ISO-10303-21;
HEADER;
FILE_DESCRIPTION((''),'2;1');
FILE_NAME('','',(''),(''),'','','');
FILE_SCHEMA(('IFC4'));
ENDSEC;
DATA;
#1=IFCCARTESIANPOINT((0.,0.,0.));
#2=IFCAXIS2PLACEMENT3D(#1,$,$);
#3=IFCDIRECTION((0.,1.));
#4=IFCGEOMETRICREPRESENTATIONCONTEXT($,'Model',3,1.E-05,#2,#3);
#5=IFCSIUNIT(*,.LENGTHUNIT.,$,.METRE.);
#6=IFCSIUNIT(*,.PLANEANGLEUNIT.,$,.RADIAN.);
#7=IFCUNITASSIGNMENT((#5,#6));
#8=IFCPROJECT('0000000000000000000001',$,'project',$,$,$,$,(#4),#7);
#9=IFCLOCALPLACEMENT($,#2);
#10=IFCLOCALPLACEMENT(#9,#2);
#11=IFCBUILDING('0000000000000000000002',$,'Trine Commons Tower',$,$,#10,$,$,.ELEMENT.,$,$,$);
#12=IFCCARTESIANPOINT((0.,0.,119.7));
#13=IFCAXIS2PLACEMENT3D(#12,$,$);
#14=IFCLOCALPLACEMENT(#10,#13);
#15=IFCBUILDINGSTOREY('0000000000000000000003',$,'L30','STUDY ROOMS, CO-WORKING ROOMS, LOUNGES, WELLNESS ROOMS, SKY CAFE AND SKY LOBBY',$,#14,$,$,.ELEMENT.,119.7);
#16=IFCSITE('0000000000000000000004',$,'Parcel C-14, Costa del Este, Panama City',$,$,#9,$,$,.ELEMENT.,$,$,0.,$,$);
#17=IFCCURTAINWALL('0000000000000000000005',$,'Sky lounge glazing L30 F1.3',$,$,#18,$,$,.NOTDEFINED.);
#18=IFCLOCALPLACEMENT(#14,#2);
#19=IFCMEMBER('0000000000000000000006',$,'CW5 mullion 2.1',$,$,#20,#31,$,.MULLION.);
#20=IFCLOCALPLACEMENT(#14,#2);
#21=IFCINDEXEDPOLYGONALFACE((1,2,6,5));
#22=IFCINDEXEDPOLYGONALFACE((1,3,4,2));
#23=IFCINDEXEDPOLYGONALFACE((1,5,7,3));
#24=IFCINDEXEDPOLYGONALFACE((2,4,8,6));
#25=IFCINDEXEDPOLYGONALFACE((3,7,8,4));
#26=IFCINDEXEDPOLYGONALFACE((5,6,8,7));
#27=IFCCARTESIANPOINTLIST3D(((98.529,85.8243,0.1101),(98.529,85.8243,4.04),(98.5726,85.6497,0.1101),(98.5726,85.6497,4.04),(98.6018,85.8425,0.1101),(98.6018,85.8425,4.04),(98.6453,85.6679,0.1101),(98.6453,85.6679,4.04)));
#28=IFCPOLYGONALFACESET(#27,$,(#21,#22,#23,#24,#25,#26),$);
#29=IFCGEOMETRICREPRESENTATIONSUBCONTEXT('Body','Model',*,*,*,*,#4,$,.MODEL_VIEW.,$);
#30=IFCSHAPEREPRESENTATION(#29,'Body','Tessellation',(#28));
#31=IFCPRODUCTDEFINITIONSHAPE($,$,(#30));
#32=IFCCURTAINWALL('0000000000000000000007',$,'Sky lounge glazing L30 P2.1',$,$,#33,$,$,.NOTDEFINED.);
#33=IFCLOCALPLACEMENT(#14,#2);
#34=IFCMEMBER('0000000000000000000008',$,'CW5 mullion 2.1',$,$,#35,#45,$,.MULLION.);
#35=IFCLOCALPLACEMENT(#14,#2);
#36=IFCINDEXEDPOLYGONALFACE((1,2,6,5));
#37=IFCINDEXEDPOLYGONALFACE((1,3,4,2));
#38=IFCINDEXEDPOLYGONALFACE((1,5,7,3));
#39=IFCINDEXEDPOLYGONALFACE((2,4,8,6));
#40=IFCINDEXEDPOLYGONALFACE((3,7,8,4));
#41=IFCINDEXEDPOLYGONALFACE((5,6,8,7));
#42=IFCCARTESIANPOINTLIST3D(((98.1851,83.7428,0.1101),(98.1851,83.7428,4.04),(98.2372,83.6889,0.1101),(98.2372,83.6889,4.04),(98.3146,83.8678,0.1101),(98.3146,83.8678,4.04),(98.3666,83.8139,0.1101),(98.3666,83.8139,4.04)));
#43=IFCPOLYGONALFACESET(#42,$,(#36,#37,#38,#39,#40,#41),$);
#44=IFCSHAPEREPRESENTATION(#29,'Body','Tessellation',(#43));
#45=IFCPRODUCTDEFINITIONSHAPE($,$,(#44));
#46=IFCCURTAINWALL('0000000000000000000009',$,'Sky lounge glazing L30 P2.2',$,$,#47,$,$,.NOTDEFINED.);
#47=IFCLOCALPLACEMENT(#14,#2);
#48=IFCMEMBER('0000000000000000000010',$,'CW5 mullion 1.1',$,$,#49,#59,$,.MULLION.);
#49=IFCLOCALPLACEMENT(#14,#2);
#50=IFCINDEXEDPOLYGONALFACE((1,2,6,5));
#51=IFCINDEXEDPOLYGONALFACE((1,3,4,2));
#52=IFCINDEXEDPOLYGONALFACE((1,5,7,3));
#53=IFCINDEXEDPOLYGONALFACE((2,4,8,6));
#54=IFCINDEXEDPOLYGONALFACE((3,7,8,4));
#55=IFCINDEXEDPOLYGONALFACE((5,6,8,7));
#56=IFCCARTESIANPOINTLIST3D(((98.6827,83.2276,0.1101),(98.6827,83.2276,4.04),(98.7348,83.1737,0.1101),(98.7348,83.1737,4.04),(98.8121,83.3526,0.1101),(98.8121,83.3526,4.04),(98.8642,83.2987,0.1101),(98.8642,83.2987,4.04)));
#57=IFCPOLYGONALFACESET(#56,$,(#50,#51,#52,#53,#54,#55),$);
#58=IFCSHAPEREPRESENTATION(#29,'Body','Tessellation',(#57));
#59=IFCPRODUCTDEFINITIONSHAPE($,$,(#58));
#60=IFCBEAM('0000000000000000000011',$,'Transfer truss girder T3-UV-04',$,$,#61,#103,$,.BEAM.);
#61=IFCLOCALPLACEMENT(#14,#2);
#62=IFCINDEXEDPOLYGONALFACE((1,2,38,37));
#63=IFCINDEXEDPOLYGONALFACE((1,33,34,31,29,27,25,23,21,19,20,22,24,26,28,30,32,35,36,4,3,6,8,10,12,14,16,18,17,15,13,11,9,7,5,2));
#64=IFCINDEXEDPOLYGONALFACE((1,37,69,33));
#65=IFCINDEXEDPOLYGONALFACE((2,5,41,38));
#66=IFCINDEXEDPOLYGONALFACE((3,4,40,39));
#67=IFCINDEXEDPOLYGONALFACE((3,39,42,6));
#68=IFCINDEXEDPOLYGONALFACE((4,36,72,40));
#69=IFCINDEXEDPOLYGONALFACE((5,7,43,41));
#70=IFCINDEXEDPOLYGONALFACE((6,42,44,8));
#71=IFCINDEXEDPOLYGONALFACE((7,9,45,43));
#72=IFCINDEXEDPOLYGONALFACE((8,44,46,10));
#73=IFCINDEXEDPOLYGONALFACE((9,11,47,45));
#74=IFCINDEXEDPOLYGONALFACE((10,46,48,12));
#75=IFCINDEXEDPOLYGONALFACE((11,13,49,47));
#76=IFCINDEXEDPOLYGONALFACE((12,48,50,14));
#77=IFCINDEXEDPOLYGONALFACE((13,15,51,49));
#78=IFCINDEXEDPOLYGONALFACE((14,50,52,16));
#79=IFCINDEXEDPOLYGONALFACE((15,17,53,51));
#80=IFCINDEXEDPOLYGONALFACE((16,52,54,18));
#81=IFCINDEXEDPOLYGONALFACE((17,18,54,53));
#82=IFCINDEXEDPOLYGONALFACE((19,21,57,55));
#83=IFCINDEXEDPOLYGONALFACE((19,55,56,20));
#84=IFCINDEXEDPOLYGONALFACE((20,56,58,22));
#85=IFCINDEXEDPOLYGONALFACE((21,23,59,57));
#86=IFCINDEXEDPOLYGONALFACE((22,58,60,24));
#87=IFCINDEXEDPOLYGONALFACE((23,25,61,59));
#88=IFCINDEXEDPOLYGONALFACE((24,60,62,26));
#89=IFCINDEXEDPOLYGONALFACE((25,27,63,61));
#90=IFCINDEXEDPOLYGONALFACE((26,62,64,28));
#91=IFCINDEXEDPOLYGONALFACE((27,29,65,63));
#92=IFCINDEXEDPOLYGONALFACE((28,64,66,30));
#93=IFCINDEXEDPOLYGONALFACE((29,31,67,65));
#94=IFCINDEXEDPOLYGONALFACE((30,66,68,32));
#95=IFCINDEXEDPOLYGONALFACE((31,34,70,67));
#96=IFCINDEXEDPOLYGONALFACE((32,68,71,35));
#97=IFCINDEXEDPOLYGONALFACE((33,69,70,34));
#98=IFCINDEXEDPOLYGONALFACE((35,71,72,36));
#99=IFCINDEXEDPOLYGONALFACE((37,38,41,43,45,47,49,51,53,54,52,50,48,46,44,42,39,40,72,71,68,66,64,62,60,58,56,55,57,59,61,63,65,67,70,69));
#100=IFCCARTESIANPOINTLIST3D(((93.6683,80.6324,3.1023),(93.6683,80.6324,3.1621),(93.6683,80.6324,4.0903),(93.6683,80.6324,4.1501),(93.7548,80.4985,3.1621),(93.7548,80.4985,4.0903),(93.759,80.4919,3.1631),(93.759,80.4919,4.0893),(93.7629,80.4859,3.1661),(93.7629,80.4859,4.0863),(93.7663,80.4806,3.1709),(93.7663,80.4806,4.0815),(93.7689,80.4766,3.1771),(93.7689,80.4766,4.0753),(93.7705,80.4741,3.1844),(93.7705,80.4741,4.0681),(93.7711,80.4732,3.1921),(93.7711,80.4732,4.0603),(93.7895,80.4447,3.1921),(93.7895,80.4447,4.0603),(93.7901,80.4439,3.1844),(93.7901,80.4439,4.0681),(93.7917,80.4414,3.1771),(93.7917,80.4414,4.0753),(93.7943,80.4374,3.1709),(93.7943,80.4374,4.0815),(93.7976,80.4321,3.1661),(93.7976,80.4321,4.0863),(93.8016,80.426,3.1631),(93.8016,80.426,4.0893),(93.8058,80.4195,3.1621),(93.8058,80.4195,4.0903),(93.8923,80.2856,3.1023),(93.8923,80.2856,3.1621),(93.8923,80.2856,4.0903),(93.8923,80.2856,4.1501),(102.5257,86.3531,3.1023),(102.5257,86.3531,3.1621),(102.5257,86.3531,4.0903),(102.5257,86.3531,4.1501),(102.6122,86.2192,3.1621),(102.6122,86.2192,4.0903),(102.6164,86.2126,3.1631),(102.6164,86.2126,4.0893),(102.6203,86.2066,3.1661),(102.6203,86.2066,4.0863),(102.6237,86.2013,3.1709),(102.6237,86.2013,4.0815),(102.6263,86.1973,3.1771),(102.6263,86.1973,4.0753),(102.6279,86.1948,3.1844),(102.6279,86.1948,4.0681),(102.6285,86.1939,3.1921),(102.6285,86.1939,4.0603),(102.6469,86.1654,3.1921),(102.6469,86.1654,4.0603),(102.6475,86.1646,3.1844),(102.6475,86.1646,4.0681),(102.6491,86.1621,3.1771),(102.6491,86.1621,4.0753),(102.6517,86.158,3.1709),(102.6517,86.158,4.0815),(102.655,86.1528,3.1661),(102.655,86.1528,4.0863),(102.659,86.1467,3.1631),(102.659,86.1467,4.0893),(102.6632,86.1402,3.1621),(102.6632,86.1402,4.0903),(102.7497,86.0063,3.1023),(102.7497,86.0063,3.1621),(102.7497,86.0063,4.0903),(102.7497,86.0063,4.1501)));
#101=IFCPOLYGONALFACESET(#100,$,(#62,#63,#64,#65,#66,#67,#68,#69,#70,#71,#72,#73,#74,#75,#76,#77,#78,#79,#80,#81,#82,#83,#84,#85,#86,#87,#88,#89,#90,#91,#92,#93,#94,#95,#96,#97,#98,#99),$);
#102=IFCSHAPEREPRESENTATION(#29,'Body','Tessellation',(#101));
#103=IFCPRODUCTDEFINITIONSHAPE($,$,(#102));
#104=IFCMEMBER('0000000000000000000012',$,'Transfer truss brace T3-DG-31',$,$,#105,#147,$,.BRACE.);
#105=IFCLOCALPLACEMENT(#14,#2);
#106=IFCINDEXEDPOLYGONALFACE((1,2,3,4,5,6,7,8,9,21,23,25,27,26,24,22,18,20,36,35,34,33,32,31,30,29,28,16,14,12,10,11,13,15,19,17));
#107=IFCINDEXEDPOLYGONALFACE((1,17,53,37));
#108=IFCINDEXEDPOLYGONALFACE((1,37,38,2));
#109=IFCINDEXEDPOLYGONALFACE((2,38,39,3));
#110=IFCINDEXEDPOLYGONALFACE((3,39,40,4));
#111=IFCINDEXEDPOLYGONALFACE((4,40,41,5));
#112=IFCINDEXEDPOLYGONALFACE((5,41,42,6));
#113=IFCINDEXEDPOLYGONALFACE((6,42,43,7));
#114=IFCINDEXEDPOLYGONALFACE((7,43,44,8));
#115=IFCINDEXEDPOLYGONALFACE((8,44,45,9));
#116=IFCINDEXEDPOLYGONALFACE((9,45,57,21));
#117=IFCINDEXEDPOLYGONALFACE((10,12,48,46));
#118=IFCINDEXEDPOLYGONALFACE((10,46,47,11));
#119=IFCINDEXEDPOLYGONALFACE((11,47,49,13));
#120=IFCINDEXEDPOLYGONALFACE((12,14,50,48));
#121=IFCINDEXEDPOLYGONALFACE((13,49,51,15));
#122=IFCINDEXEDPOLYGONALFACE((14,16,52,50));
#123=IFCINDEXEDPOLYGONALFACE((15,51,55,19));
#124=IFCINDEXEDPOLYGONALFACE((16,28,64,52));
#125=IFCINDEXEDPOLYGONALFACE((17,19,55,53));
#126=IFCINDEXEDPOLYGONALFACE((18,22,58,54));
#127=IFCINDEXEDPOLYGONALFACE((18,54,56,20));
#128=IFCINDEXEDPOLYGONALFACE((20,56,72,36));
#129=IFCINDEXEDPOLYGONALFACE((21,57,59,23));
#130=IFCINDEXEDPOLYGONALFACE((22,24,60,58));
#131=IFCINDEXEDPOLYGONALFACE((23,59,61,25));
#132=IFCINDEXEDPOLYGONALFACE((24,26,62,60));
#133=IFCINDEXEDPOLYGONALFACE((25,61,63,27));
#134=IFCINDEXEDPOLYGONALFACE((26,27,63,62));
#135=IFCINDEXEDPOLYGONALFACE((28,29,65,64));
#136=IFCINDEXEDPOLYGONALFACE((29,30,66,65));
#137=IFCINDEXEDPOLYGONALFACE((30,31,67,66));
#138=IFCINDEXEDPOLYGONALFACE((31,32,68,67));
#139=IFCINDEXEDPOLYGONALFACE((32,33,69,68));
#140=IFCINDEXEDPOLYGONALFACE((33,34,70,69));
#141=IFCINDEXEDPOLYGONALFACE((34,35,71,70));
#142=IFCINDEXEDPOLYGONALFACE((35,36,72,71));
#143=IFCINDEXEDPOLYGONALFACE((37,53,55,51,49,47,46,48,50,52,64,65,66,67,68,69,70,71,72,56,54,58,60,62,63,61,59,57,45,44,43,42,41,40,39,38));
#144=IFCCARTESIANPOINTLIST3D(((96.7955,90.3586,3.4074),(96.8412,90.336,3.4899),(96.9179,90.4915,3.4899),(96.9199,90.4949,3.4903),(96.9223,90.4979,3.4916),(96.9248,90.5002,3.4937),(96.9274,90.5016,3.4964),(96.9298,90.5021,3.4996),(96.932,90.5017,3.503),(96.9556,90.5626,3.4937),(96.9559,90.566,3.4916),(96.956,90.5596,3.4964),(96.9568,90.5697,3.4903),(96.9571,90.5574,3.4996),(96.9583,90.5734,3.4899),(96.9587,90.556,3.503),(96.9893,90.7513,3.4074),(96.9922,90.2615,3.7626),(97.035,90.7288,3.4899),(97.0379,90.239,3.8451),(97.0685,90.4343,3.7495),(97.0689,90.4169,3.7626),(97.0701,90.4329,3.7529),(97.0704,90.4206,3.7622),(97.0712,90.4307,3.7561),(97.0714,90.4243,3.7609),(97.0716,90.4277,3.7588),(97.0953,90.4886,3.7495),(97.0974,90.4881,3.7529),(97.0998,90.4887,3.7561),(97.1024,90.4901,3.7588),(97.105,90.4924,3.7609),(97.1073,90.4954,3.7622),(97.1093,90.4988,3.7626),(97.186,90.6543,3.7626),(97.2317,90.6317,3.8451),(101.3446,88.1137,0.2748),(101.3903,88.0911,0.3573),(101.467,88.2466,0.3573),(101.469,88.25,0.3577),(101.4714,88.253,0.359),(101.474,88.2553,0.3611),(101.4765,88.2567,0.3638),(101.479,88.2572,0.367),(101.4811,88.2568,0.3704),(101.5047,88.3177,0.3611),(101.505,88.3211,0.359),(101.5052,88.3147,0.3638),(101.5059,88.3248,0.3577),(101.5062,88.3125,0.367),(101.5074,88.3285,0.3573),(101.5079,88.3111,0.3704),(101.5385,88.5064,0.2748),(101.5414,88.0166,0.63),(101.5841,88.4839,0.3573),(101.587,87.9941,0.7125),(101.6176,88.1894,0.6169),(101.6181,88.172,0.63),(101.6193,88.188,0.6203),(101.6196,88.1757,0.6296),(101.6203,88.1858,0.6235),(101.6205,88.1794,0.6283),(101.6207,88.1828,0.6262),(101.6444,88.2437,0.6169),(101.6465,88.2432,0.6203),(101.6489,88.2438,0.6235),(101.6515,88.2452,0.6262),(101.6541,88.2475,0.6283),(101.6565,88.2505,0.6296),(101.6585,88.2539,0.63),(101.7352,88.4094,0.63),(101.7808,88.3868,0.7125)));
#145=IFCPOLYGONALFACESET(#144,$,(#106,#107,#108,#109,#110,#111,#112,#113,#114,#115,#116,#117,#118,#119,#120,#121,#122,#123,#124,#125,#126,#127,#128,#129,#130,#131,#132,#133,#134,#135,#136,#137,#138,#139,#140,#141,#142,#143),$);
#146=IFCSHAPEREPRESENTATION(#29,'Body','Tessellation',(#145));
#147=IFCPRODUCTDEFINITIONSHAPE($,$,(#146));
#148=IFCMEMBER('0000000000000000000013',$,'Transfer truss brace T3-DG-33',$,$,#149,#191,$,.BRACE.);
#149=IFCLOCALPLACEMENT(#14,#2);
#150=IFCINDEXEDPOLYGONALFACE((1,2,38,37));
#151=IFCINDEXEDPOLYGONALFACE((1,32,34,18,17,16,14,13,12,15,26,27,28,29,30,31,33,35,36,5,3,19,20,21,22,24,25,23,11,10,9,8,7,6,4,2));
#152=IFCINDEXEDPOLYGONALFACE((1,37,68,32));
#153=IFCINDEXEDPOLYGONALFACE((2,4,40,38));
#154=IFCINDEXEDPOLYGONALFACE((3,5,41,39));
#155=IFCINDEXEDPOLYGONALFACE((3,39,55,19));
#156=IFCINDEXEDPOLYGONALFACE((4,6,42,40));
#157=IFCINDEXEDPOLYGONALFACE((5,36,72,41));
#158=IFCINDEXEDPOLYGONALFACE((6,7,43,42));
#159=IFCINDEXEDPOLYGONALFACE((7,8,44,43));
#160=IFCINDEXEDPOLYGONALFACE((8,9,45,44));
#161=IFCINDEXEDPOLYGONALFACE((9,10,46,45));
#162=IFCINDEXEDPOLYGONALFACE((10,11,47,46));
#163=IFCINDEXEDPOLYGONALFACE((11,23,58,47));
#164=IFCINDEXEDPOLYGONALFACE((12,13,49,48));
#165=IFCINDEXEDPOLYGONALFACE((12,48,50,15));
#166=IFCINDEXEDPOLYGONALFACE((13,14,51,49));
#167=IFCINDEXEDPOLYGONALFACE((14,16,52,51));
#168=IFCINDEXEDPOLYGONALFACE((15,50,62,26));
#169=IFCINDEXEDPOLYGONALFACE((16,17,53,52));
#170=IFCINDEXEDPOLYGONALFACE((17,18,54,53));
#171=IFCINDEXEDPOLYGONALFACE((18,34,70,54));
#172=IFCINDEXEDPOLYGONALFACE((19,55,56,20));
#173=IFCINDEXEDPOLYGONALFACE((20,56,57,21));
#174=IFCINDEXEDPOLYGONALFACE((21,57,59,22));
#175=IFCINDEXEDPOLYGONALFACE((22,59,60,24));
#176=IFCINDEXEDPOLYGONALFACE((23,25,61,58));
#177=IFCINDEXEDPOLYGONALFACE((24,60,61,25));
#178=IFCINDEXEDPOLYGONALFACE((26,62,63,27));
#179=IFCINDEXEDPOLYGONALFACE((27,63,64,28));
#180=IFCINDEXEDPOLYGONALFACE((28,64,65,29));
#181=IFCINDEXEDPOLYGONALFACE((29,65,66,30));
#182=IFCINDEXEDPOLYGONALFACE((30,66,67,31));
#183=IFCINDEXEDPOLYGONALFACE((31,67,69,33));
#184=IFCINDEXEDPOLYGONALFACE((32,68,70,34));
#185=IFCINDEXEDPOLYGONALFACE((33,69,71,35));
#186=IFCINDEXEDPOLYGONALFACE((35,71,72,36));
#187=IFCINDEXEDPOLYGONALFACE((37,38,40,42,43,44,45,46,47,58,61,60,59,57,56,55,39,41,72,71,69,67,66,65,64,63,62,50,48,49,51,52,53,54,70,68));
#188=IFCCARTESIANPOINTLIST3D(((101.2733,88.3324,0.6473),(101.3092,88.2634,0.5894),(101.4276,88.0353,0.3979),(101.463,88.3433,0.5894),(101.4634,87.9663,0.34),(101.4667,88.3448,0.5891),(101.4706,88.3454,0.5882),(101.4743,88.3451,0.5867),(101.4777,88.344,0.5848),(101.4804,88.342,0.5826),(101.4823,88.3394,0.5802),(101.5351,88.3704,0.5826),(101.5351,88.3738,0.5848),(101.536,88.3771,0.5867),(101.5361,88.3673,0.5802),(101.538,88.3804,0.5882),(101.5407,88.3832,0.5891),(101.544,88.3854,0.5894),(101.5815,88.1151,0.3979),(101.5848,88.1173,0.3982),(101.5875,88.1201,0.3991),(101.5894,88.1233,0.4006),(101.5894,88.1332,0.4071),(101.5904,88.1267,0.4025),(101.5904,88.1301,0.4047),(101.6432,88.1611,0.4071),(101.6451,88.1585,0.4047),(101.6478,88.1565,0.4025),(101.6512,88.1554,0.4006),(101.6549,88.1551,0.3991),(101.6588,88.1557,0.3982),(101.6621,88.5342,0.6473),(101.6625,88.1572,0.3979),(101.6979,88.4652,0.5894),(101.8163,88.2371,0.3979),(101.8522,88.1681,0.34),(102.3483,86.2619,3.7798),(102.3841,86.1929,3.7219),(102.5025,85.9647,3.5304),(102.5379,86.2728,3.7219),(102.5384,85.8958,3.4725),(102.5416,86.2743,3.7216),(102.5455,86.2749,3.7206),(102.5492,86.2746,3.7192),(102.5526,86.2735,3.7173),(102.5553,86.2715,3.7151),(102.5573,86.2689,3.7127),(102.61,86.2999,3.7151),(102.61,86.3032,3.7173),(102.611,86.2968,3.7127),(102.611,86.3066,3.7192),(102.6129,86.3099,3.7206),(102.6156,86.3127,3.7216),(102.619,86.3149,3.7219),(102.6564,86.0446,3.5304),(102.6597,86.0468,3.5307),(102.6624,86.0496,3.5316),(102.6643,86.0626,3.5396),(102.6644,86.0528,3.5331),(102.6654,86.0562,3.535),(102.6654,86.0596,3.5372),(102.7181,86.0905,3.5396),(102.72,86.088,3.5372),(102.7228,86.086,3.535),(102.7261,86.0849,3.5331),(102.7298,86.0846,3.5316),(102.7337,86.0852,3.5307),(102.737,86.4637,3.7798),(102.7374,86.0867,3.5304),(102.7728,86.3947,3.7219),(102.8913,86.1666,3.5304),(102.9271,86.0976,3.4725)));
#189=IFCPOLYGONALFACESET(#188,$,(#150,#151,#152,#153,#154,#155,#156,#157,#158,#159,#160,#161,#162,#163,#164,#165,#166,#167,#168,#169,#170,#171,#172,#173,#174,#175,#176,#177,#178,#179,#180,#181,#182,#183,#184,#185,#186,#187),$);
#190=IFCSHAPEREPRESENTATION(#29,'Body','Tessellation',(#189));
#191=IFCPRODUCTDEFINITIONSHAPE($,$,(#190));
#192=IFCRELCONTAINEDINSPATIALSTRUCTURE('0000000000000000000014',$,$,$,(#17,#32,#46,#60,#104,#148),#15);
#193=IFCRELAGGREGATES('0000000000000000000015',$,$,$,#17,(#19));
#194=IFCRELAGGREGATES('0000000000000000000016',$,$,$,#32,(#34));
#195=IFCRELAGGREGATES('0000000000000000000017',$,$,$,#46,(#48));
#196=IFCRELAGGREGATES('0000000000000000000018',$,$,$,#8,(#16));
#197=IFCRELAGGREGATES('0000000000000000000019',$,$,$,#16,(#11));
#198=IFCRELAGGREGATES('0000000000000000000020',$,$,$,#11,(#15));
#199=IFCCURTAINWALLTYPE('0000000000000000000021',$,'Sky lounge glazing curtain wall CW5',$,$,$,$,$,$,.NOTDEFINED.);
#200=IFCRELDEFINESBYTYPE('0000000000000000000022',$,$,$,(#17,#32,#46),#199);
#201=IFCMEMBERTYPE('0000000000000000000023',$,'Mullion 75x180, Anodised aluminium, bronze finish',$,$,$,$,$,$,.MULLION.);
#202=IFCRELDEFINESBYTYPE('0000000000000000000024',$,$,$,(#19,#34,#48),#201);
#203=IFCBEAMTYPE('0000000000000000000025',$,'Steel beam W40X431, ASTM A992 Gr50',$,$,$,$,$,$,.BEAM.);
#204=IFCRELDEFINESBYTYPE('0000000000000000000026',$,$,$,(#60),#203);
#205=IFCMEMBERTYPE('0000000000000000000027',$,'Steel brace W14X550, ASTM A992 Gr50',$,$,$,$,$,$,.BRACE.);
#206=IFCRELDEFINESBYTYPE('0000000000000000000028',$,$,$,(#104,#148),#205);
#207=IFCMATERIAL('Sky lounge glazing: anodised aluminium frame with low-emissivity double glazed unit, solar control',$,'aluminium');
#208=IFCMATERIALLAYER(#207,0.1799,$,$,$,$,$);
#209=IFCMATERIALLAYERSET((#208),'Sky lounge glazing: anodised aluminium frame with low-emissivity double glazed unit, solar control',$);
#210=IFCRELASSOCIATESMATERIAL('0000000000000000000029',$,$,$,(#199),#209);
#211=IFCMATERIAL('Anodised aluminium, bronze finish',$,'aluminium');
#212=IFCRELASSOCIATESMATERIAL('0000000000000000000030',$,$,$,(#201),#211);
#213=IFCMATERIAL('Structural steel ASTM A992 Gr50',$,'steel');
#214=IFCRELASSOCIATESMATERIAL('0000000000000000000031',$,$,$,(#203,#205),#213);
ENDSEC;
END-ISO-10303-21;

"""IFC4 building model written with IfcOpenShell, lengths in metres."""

from ifc_helpers import new_model, si_unit, direction, frame, origin, origin_2d, place, context, subcontext, project, spatial, rectangle, i_section, extrude, material, layer, layer_set, material_profile, profile_set, type_object, element, aggregate, save


model = new_model("IFC4")

# Units and contexts
model_context = context("Model", 3, precision=1e-05, world=origin(), true_north=direction((0.0, 1.0)))
body_context = subcontext(model_context, "Body", "Model", "MODEL_VIEW")
ifc_project = project(units=[si_unit("LENGTHUNIT", "METRE"), si_unit("PLANEANGLEUNIT", "RADIAN")], contexts=[model_context])

# Site, building, storey
site_placement = place(None, origin())
site = spatial("IfcSite", under=ifc_project, at=site_placement, Name="Parcel C-14, Costa del Este, Panama City", CompositionType="ELEMENT", RefElevation=0.0)
building_placement = place(site_placement, origin())
building = spatial("IfcBuilding", under=site, at=building_placement, Name="Trine Commons Tower", CompositionType="ELEMENT")
storey_placement = place(building_placement, frame((0.0, 0.0, 119.7)))
storey = spatial("IfcBuildingStorey", under=building, at=storey_placement, Name="L30", Description="STUDY ROOMS, CO-WORKING ROOMS, LOUNGES, WELLNESS ROOMS, SKY CAFE AND SKY LOBBY", CompositionType="ELEMENT", Elevation=119.7)

# Curtain walls, members
ifc_material_1 = material(Name="Sky lounge glazing: anodised aluminium frame with low-emissivity double glazed unit, solar control", Category="aluminium")
ifc_layer_1 = layer(ifc_material_1, 0.1799)
ifc_layer_set_1 = layer_set([ifc_layer_1], Name="Sky lounge glazing: anodised aluminium frame with low-emissivity double glazed unit, solar control")
curtain_wall_type = type_object("IfcCurtainWallType", Name="Sky lounge glazing curtain wall CW5", PredefinedType="NOTDEFINED", material=ifc_layer_set_1)
curtain_wall_1_placement = place(storey_placement, origin())
curtain_wall_1 = element("IfcCurtainWall", 1, at=curtain_wall_1_placement, inside=storey, type_object=curtain_wall_type, Name="Sky lounge glazing L30 F1.3", PredefinedType="NOTDEFINED")
ifc_material_2 = material(Name="Anodised aluminium, bronze finish", Category="aluminium")
ifc_material_profile_1 = material_profile(ifc_material_2, rectangle(XDim=0.1799, YDim=0.075, at=origin_2d()), Name="Mullion 75x180")
ifc_profile_set_1 = profile_set([ifc_material_profile_1], Name="Anodised aluminium, bronze finish")
member_type_1 = type_object("IfcMemberType", Name="Mullion 75x180, Anodised aluminium, bronze finish", PredefinedType="MULLION", material=ifc_profile_set_1)
member_1_placement = place(storey_placement, frame((98.5872, 85.7461, 0.1101), z_axis=(0.0, 0.0, 1.0), x_axis=(-0.241922, 0.970296, 0.0)))
member_1 = element("IfcMember", 2, at=member_1_placement, type_object=member_type_1, Name="CW5 mullion 2.1", PredefinedType="MULLION", context=body_context, shape_type="SweptSolid", body=[
    extrude(rectangle(XDim=0.1799, YDim=0.075, at=origin_2d()), origin(), (0.0, 0.0, 1.0), 3.9299),
])
aggregate(curtain_wall_1, [member_1])
curtain_wall_2_placement = place(storey_placement, origin())
curtain_wall_2 = element("IfcCurtainWall", 3, at=curtain_wall_2_placement, inside=storey, type_object=curtain_wall_type, Name="Sky lounge glazing L30 P2.1", PredefinedType="NOTDEFINED")
member_2_placement = place(storey_placement, frame((98.2759, 83.7783, 0.1101), z_axis=(0.0, 0.0, 1.0), x_axis=(0.71934, 0.694658, 0.0)))
member_2 = element("IfcMember", 4, at=member_2_placement, type_object=member_type_1, Name="CW5 mullion 2.1", PredefinedType="MULLION", context=body_context, shape_type="SweptSolid", body=[
    extrude(rectangle(XDim=0.1799, YDim=0.075, at=origin_2d()), origin(), (0.0, 0.0, 1.0), 3.9299),
])
curtain_wall_3_placement = place(storey_placement, origin())
curtain_wall_3 = element("IfcCurtainWall", 5, at=curtain_wall_3_placement, inside=storey, type_object=curtain_wall_type, Name="Sky lounge glazing L30 P2.2", PredefinedType="NOTDEFINED")
member_3_placement = place(storey_placement, frame((98.7734, 83.2632, 0.1101), z_axis=(0.0, 0.0, 1.0), x_axis=(0.71934, 0.694658, 0.0)))
member_3 = element("IfcMember", 6, at=member_3_placement, type_object=member_type_1, Name="CW5 mullion 1.1", PredefinedType="MULLION", context=body_context, shape_type="SweptSolid", body=[
    extrude(rectangle(XDim=0.1799, YDim=0.075, at=origin_2d()), origin(), (0.0, 0.0, 1.0), 3.9299),
])

# Beam
ifc_material_3 = material(Name="Structural steel ASTM A992 Gr50", Category="steel")
ifc_material_profile_2 = material_profile(ifc_material_3, i_section(OverallWidth=0.4128, OverallDepth=1.0479, WebThickness=0.0339, FlangeThickness=0.0598, FilletRadius=0.03, at=origin_2d()), Name="W40X431")
ifc_profile_set_2 = profile_set([ifc_material_profile_2], Name="Structural steel ASTM A992 Gr50")
beam_type = type_object("IfcBeamType", Name="Steel beam W40X431, ASTM A992 Gr50", PredefinedType="BEAM", material=ifc_profile_set_2)
beam_placement = place(storey_placement, frame((102.6377, 86.1797, 3.6262), z_axis=(-0.840027, -0.542544, 0.0), x_axis=(0.542544, -0.840027, 0.0)))
element("IfcBeam", 7, at=beam_placement, inside=storey, type_object=beam_type, Name="Transfer truss girder T3-UV-04", PredefinedType="BEAM", context=body_context, shape_type="SweptSolid", body=[
    extrude(i_section(OverallWidth=0.4128, OverallDepth=1.0479, WebThickness=0.0339, FlangeThickness=0.0598, FilletRadius=0.03, at=origin_2d()), origin(), (0.0, 0.0, 1.0), 10.5442),
])

# Members
ifc_material_profile_3 = material_profile(ifc_material_3, i_section(OverallWidth=0.438, OverallDepth=0.5144, WebThickness=0.0605, FlangeThickness=0.0969, FilletRadius=0.0154, at=origin_2d()), Name="W14X550")
ifc_profile_set_3 = profile_set([ifc_material_profile_3], Name="Structural steel ASTM A992 Gr50")
member_type_2 = type_object("IfcMemberType", Name="Steel brace W14X550, ASTM A992 Gr50", PredefinedType="BRACE", material=ifc_profile_set_3)
member_4_placement = place(storey_placement, frame((101.5627, 88.2502, 0.4937), z_axis=(-0.763, 0.376525, 0.525415), x_axis=(-0.44253, -0.896754, 0.0)))
element("IfcMember", 8, at=member_4_placement, inside=storey, type_object=member_type_2, Name="Transfer truss brace T3-DG-31", PredefinedType="BRACE", context=body_context, shape_type="SweptSolid", body=[
    extrude(i_section(OverallWidth=0.438, OverallDepth=0.5144, WebThickness=0.0605, FlangeThickness=0.0969, FilletRadius=0.0154, at=origin_2d()), origin(), (0.0, 0.0, 1.0), 5.9622),
])
member_5_placement = place(storey_placement, frame((101.5627, 88.2502, 0.4937), z_axis=(0.275215, -0.530116, 0.802018), x_axis=(0.887522, 0.460766, 0.0)))
element("IfcMember", 9, at=member_5_placement, inside=storey, type_object=member_type_2, Name="Transfer truss brace T3-DG-33", PredefinedType="BRACE", context=body_context, shape_type="SweptSolid", body=[
    extrude(i_section(OverallWidth=0.438, OverallDepth=0.5144, WebThickness=0.0605, FlangeThickness=0.0969, FilletRadius=0.0154, at=origin_2d()), origin(), (0.0, 0.0, 1.0), 3.9058),
])

aggregate(curtain_wall_2, [member_2])
aggregate(curtain_wall_3, [member_3])

save(model, "model.ifc")
